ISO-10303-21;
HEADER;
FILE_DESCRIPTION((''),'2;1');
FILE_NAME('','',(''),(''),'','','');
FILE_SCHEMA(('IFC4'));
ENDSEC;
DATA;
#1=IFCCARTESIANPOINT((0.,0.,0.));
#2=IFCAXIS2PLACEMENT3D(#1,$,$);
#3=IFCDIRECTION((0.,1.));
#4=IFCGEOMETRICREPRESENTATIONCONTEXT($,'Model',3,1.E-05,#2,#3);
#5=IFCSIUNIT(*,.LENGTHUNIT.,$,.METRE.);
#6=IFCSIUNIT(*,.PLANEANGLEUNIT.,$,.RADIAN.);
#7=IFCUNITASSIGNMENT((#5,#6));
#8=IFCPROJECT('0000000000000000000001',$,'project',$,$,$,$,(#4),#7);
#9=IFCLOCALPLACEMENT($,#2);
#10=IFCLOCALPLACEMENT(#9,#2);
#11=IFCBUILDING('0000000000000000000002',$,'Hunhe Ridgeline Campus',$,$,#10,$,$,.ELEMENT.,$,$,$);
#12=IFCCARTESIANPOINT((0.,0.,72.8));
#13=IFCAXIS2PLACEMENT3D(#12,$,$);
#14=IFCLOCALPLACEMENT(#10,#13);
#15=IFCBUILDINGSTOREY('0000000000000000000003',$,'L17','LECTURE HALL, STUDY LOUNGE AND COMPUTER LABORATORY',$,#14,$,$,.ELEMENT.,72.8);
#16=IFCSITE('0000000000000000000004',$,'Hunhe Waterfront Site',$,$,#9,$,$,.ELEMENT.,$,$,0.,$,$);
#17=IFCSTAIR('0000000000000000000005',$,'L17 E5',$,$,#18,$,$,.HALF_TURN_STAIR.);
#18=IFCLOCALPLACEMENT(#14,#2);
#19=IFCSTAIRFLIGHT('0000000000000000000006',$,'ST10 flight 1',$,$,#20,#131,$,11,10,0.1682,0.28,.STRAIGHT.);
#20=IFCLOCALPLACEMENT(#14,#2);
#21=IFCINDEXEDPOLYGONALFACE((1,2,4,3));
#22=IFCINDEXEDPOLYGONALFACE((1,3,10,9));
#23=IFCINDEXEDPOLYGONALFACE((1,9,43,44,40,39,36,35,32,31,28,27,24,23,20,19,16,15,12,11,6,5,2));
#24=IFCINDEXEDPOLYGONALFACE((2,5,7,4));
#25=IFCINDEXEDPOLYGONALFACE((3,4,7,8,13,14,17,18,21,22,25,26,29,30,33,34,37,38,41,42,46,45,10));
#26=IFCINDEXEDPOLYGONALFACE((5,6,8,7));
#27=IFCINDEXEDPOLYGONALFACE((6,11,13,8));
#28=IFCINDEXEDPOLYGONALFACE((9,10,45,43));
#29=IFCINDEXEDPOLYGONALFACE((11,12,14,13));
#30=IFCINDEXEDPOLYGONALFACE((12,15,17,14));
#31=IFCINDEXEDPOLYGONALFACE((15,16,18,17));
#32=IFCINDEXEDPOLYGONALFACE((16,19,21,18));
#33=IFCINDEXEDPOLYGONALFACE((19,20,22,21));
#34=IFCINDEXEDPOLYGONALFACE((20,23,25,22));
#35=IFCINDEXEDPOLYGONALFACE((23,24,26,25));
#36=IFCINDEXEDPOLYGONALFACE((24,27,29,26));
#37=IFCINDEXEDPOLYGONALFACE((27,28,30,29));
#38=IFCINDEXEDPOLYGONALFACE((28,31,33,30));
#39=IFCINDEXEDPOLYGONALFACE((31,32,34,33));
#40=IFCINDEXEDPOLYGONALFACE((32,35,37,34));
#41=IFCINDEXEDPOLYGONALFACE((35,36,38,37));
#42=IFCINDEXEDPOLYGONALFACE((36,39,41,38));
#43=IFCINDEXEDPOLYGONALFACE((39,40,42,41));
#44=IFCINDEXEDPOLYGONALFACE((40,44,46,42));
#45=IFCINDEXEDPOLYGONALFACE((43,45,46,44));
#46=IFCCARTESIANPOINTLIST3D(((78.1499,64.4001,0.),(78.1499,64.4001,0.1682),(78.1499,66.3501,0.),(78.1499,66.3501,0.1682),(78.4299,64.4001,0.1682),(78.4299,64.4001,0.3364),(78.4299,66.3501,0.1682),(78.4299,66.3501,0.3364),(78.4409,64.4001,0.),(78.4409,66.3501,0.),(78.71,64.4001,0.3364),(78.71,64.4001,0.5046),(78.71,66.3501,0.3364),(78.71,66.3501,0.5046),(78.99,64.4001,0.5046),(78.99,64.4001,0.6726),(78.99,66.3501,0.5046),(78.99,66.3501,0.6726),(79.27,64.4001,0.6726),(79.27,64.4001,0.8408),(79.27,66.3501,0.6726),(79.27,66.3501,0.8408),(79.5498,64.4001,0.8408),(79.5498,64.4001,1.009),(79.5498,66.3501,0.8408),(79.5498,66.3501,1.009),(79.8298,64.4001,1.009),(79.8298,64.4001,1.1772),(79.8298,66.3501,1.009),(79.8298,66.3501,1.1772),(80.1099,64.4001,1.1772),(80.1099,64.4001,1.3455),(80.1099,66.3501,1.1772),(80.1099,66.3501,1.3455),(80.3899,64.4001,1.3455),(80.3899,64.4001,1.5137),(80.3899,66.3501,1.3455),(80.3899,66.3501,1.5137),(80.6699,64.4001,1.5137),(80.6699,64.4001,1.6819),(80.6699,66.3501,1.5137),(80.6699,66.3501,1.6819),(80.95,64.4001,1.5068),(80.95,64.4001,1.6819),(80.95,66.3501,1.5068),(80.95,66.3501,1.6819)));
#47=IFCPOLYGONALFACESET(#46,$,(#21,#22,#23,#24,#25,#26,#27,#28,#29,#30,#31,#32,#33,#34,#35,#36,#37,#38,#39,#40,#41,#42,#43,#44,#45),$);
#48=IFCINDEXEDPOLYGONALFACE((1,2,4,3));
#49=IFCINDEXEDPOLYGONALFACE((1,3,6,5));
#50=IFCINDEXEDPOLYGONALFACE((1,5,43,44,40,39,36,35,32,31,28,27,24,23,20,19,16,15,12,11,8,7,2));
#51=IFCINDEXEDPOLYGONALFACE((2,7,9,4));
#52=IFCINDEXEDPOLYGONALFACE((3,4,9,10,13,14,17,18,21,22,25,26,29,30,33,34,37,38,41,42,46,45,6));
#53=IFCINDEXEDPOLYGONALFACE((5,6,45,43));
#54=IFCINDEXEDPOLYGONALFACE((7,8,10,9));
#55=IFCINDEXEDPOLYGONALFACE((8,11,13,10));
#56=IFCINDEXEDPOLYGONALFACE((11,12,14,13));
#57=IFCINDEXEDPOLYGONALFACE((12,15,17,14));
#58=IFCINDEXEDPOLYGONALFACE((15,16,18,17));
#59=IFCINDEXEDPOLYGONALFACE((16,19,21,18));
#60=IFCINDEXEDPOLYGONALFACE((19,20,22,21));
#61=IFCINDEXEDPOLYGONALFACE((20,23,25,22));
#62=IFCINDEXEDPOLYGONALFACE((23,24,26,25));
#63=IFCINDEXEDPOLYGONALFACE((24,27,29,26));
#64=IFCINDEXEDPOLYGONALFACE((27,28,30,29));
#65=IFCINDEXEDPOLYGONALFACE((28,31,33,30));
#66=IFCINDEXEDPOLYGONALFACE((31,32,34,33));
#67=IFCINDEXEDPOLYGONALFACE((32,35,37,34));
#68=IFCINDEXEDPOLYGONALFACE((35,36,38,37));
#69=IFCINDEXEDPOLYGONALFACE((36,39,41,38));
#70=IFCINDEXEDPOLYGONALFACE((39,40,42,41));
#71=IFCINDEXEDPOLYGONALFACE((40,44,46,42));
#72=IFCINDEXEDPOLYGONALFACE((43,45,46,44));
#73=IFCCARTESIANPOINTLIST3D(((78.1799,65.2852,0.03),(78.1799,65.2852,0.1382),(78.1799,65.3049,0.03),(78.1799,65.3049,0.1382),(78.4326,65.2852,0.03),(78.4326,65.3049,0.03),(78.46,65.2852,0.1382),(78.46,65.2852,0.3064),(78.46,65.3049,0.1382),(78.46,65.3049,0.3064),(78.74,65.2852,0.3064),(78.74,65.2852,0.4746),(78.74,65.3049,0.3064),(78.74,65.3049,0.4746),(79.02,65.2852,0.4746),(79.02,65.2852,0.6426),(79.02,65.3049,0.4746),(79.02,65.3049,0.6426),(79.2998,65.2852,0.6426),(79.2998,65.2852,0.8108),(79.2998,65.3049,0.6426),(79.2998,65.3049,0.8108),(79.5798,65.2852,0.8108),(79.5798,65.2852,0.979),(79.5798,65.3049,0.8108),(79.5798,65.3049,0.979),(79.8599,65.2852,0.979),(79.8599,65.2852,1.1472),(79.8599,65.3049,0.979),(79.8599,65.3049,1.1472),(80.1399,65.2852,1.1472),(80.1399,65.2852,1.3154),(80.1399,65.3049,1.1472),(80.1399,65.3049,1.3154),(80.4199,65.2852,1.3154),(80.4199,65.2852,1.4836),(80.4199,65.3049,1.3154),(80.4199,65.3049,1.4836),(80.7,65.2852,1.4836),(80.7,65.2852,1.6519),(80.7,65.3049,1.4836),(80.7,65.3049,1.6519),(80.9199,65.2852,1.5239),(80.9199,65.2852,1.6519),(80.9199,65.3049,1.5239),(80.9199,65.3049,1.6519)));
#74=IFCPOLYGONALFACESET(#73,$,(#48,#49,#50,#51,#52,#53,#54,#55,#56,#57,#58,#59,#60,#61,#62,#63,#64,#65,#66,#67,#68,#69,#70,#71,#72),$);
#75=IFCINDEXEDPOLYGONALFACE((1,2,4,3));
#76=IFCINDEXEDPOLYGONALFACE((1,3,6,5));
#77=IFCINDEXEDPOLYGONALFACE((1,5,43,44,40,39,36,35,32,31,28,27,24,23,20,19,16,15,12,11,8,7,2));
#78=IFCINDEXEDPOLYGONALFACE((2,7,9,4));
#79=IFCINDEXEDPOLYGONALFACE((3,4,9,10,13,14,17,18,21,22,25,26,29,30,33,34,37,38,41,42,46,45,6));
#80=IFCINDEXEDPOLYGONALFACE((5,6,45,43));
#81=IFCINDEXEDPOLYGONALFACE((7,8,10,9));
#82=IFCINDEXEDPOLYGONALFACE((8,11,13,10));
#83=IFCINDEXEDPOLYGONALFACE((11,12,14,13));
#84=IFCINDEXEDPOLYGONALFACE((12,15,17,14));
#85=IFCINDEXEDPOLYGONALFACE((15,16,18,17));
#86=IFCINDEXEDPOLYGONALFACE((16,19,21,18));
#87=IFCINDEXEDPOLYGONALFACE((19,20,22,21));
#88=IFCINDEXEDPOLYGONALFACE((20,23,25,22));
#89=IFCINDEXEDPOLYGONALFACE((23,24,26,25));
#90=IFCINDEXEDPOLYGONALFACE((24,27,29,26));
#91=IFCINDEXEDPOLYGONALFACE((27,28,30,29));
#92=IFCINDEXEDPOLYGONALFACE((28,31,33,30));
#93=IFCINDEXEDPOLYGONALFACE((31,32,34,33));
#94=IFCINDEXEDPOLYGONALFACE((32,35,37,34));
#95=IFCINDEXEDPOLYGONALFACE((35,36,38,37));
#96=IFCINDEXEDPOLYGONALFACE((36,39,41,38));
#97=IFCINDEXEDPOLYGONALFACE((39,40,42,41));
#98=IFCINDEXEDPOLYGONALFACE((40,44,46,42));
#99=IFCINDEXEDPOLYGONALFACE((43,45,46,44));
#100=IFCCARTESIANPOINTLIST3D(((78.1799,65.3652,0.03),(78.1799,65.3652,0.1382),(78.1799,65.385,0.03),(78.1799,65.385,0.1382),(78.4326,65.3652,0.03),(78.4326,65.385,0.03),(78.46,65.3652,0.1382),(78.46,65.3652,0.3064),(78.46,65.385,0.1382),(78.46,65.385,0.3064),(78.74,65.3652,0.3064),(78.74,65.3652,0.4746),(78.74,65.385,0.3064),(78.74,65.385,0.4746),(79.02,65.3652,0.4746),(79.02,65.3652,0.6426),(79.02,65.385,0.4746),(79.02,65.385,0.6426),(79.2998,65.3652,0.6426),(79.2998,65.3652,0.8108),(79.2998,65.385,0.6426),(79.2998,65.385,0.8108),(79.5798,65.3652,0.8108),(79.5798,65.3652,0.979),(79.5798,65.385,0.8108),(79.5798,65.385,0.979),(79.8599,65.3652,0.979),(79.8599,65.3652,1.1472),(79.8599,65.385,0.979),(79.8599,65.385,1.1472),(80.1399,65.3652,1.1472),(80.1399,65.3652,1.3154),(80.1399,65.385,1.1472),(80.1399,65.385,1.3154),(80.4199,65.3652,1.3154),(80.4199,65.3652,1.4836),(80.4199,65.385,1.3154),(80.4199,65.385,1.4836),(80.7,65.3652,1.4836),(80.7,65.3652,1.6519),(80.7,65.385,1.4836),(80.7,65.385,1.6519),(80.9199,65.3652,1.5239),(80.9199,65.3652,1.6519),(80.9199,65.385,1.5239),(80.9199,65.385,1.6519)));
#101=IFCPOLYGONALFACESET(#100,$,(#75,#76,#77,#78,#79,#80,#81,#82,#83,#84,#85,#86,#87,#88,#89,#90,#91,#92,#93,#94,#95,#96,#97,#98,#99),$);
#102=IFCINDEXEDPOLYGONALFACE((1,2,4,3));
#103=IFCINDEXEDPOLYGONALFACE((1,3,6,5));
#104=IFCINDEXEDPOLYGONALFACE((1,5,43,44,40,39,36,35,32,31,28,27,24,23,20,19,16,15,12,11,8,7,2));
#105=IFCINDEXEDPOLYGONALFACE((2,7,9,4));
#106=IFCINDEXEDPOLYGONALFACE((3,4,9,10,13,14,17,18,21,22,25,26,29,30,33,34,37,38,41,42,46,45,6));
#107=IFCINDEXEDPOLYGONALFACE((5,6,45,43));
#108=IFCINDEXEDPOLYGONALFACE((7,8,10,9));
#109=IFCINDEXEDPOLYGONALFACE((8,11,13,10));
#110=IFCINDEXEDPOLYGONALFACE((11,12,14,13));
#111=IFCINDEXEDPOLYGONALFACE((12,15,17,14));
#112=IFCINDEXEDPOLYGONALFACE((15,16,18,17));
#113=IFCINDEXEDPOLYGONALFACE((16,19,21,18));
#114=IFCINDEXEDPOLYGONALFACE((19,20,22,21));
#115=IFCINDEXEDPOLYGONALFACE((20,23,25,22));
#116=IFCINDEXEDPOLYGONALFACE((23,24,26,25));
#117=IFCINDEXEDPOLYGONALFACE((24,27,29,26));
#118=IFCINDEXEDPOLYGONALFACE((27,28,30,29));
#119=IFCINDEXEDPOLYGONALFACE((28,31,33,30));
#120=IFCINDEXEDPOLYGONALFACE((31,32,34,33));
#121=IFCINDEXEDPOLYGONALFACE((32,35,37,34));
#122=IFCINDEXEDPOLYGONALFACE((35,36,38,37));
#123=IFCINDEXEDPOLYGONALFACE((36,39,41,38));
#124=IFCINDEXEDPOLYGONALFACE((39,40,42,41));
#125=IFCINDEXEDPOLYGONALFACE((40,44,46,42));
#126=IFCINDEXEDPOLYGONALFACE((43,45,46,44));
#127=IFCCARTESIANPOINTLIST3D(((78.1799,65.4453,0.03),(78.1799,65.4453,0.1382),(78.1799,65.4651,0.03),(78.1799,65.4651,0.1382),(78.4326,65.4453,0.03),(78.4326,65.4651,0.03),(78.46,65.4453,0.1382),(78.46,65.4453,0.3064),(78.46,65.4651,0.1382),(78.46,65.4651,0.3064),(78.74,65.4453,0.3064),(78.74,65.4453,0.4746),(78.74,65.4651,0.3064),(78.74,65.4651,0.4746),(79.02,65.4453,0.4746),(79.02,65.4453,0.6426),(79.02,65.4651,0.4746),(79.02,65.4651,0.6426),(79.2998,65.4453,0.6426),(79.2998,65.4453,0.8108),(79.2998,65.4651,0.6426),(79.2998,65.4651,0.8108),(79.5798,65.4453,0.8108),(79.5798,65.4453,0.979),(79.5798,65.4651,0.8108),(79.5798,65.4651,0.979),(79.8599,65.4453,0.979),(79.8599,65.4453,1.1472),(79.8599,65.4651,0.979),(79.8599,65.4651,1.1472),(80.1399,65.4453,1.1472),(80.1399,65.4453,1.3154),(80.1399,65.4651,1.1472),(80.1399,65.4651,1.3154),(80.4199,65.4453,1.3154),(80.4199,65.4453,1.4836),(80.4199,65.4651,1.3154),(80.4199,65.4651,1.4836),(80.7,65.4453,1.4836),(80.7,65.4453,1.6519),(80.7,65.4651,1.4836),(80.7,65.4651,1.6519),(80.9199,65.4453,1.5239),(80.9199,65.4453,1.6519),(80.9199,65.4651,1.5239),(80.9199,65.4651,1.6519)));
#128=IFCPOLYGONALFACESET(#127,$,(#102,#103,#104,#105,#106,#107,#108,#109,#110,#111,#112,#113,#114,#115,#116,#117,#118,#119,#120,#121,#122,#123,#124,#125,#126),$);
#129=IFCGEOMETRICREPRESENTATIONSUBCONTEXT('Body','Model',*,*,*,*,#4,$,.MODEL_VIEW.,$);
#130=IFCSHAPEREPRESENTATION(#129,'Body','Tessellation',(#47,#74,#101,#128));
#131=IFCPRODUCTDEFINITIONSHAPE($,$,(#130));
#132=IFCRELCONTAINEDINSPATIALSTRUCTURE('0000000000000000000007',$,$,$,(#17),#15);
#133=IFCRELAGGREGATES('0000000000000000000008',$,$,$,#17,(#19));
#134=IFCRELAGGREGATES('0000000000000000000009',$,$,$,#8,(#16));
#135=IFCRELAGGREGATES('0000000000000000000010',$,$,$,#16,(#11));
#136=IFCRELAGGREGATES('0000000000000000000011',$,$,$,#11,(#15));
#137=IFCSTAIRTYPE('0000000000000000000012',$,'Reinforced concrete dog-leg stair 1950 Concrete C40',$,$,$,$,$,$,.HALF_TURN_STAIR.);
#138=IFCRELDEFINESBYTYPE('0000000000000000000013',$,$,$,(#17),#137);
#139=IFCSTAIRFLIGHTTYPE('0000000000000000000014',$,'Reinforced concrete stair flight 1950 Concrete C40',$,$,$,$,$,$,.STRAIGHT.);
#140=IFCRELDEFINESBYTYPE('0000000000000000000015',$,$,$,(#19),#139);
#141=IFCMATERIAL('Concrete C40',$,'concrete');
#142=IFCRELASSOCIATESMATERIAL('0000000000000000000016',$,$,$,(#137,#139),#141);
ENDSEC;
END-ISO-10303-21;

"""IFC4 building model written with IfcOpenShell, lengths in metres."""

from ifc_helpers import new_model, si_unit, direction, frame, origin, place, context, subcontext, project, spatial, polyline, outline, extrude, material, type_object, element, aggregate, save


model = new_model("IFC4")

# Units and contexts
model_context = context("Model", 3, precision=1e-05, world=origin(), true_north=direction((0.0, 1.0)))
body_context = subcontext(model_context, "Body", "Model", "MODEL_VIEW")
ifc_project = project(units=[si_unit("LENGTHUNIT", "METRE"), si_unit("PLANEANGLEUNIT", "RADIAN")], contexts=[model_context])

# Site, building, storey
site_placement = place(None, origin())
site = spatial("IfcSite", under=ifc_project, at=site_placement, Name="Hunhe Waterfront Site", CompositionType="ELEMENT", RefElevation=0.0)
building_placement = place(site_placement, origin())
building = spatial("IfcBuilding", under=site, at=building_placement, Name="Hunhe Ridgeline Campus", CompositionType="ELEMENT")
storey_placement = place(building_placement, frame((0.0, 0.0, 72.8)))
storey = spatial("IfcBuildingStorey", under=building, at=storey_placement, Name="L17", Description="LECTURE HALL, STUDY LOUNGE AND COMPUTER LABORATORY", CompositionType="ELEMENT", Elevation=72.8)

# Stair, stair flight
ifc_material_1 = material(Name="Concrete C40", Category="concrete")
stair_type = type_object("IfcStairType", Name="Reinforced concrete dog-leg stair 1950 Concrete C40", PredefinedType="HALF_TURN_STAIR", material=ifc_material_1)
stair_placement = place(storey_placement, origin())
stair = element("IfcStair", 1, at=stair_placement, inside=storey, type_object=stair_type, Name="L17 E5", PredefinedType="HALF_TURN_STAIR")
stair_flight_type = type_object("IfcStairFlightType", Name="Reinforced concrete stair flight 1950 Concrete C40", PredefinedType="STRAIGHT", material=ifc_material_1)
stair_flight_1_placement = place(storey_placement, frame((78.1499, 65.375, 0.0), z_axis=(0.0, 0.0, 1.0), x_axis=(1.0, 0.0, 0.0)))
stair_flight_1 = element("IfcStairFlight", 2, at=stair_flight_1_placement, type_object=stair_flight_type, Name="ST10 flight 1", NumberOfRisers=11, NumberOfTreads=10, PredefinedType="STRAIGHT", RiserHeight=0.1682, TreadLength=0.28, context=body_context, shape_type="SweptSolid", body=[
    extrude(outline(polyline([(0.0, 0.0), (0.0, 0.1682), (0.28, 0.1682), (0.28, 0.3364), (0.5601, 0.3364), (0.5601, 0.5046), (0.8401, 0.5046), (0.8401, 0.6726), (1.1201, 0.6726), (1.1201, 0.8408), (1.3999, 0.8408), (1.3999, 1.009), (1.6799, 1.009), (1.6799, 1.1772), (1.96, 1.1772), (1.96, 1.3455), (2.24, 1.3455), (2.24, 1.5137), (2.52, 1.5137), (2.52, 1.6819), (2.8, 1.6819), (2.8, 1.8501), (2.8, 1.5068), (0.291, 0.0), (0.0, 0.0)])), frame((0.0, 0.9751, 0.0), z_axis=(0.0, -1.0, 0.0), x_axis=(1.0, 0.0, 0.0)), (0.0, 0.0, 1.0), 1.95),
    extrude(outline(polyline([(0.03, 0.03), (0.03, 0.1382), (0.3101, 0.1382), (0.3101, 0.3064), (0.5901, 0.3064), (0.5901, 0.4746), (0.8701, 0.4746), (0.8701, 0.6426), (1.1499, 0.6426), (1.1499, 0.8108), (1.4299, 0.8108), (1.4299, 0.979), (1.71, 0.979), (1.71, 1.1472), (1.99, 1.1472), (1.99, 1.3154), (2.27, 1.3154), (2.27, 1.4836), (2.55, 1.4836), (2.55, 1.6519), (2.77, 1.6519), (2.77, 1.5239), (0.2827, 0.03), (0.03, 0.03)])), frame((0.0, -0.0701, 0.0), z_axis=(0.0, -1.0, 0.0), x_axis=(1.0, 0.0, 0.0)), (0.0, 0.0, 1.0), 0.0198),
    extrude(outline(polyline([(0.03, 0.03), (0.03, 0.1382), (0.3101, 0.1382), (0.3101, 0.3064), (0.5901, 0.3064), (0.5901, 0.4746), (0.8701, 0.4746), (0.8701, 0.6426), (1.1499, 0.6426), (1.1499, 0.8108), (1.4299, 0.8108), (1.4299, 0.979), (1.71, 0.979), (1.71, 1.1472), (1.99, 1.1472), (1.99, 1.3154), (2.27, 1.3154), (2.27, 1.4836), (2.55, 1.4836), (2.55, 1.6519), (2.77, 1.6519), (2.77, 1.5239), (0.2827, 0.03), (0.03, 0.03)])), frame((0.0, 0.01, 0.0), z_axis=(0.0, -1.0, 0.0), x_axis=(1.0, 0.0, 0.0)), (0.0, 0.0, 1.0), 0.0198),
    extrude(outline(polyline([(0.03, 0.03), (0.03, 0.1382), (0.3101, 0.1382), (0.3101, 0.3064), (0.5901, 0.3064), (0.5901, 0.4746), (0.8701, 0.4746), (0.8701, 0.6426), (1.1499, 0.6426), (1.1499, 0.8108), (1.4299, 0.8108), (1.4299, 0.979), (1.71, 0.979), (1.71, 1.1472), (1.99, 1.1472), (1.99, 1.3154), (2.27, 1.3154), (2.27, 1.4836), (2.55, 1.4836), (2.55, 1.6519), (2.77, 1.6519), (2.77, 1.5239), (0.2827, 0.03), (0.03, 0.03)])), frame((0.0, 0.0901, 0.0), z_axis=(0.0, -1.0, 0.0), x_axis=(1.0, 0.0, 0.0)), (0.0, 0.0, 1.0), 0.0198),
])
aggregate(stair, [stair_flight_1])

save(model, "model.ifc")
